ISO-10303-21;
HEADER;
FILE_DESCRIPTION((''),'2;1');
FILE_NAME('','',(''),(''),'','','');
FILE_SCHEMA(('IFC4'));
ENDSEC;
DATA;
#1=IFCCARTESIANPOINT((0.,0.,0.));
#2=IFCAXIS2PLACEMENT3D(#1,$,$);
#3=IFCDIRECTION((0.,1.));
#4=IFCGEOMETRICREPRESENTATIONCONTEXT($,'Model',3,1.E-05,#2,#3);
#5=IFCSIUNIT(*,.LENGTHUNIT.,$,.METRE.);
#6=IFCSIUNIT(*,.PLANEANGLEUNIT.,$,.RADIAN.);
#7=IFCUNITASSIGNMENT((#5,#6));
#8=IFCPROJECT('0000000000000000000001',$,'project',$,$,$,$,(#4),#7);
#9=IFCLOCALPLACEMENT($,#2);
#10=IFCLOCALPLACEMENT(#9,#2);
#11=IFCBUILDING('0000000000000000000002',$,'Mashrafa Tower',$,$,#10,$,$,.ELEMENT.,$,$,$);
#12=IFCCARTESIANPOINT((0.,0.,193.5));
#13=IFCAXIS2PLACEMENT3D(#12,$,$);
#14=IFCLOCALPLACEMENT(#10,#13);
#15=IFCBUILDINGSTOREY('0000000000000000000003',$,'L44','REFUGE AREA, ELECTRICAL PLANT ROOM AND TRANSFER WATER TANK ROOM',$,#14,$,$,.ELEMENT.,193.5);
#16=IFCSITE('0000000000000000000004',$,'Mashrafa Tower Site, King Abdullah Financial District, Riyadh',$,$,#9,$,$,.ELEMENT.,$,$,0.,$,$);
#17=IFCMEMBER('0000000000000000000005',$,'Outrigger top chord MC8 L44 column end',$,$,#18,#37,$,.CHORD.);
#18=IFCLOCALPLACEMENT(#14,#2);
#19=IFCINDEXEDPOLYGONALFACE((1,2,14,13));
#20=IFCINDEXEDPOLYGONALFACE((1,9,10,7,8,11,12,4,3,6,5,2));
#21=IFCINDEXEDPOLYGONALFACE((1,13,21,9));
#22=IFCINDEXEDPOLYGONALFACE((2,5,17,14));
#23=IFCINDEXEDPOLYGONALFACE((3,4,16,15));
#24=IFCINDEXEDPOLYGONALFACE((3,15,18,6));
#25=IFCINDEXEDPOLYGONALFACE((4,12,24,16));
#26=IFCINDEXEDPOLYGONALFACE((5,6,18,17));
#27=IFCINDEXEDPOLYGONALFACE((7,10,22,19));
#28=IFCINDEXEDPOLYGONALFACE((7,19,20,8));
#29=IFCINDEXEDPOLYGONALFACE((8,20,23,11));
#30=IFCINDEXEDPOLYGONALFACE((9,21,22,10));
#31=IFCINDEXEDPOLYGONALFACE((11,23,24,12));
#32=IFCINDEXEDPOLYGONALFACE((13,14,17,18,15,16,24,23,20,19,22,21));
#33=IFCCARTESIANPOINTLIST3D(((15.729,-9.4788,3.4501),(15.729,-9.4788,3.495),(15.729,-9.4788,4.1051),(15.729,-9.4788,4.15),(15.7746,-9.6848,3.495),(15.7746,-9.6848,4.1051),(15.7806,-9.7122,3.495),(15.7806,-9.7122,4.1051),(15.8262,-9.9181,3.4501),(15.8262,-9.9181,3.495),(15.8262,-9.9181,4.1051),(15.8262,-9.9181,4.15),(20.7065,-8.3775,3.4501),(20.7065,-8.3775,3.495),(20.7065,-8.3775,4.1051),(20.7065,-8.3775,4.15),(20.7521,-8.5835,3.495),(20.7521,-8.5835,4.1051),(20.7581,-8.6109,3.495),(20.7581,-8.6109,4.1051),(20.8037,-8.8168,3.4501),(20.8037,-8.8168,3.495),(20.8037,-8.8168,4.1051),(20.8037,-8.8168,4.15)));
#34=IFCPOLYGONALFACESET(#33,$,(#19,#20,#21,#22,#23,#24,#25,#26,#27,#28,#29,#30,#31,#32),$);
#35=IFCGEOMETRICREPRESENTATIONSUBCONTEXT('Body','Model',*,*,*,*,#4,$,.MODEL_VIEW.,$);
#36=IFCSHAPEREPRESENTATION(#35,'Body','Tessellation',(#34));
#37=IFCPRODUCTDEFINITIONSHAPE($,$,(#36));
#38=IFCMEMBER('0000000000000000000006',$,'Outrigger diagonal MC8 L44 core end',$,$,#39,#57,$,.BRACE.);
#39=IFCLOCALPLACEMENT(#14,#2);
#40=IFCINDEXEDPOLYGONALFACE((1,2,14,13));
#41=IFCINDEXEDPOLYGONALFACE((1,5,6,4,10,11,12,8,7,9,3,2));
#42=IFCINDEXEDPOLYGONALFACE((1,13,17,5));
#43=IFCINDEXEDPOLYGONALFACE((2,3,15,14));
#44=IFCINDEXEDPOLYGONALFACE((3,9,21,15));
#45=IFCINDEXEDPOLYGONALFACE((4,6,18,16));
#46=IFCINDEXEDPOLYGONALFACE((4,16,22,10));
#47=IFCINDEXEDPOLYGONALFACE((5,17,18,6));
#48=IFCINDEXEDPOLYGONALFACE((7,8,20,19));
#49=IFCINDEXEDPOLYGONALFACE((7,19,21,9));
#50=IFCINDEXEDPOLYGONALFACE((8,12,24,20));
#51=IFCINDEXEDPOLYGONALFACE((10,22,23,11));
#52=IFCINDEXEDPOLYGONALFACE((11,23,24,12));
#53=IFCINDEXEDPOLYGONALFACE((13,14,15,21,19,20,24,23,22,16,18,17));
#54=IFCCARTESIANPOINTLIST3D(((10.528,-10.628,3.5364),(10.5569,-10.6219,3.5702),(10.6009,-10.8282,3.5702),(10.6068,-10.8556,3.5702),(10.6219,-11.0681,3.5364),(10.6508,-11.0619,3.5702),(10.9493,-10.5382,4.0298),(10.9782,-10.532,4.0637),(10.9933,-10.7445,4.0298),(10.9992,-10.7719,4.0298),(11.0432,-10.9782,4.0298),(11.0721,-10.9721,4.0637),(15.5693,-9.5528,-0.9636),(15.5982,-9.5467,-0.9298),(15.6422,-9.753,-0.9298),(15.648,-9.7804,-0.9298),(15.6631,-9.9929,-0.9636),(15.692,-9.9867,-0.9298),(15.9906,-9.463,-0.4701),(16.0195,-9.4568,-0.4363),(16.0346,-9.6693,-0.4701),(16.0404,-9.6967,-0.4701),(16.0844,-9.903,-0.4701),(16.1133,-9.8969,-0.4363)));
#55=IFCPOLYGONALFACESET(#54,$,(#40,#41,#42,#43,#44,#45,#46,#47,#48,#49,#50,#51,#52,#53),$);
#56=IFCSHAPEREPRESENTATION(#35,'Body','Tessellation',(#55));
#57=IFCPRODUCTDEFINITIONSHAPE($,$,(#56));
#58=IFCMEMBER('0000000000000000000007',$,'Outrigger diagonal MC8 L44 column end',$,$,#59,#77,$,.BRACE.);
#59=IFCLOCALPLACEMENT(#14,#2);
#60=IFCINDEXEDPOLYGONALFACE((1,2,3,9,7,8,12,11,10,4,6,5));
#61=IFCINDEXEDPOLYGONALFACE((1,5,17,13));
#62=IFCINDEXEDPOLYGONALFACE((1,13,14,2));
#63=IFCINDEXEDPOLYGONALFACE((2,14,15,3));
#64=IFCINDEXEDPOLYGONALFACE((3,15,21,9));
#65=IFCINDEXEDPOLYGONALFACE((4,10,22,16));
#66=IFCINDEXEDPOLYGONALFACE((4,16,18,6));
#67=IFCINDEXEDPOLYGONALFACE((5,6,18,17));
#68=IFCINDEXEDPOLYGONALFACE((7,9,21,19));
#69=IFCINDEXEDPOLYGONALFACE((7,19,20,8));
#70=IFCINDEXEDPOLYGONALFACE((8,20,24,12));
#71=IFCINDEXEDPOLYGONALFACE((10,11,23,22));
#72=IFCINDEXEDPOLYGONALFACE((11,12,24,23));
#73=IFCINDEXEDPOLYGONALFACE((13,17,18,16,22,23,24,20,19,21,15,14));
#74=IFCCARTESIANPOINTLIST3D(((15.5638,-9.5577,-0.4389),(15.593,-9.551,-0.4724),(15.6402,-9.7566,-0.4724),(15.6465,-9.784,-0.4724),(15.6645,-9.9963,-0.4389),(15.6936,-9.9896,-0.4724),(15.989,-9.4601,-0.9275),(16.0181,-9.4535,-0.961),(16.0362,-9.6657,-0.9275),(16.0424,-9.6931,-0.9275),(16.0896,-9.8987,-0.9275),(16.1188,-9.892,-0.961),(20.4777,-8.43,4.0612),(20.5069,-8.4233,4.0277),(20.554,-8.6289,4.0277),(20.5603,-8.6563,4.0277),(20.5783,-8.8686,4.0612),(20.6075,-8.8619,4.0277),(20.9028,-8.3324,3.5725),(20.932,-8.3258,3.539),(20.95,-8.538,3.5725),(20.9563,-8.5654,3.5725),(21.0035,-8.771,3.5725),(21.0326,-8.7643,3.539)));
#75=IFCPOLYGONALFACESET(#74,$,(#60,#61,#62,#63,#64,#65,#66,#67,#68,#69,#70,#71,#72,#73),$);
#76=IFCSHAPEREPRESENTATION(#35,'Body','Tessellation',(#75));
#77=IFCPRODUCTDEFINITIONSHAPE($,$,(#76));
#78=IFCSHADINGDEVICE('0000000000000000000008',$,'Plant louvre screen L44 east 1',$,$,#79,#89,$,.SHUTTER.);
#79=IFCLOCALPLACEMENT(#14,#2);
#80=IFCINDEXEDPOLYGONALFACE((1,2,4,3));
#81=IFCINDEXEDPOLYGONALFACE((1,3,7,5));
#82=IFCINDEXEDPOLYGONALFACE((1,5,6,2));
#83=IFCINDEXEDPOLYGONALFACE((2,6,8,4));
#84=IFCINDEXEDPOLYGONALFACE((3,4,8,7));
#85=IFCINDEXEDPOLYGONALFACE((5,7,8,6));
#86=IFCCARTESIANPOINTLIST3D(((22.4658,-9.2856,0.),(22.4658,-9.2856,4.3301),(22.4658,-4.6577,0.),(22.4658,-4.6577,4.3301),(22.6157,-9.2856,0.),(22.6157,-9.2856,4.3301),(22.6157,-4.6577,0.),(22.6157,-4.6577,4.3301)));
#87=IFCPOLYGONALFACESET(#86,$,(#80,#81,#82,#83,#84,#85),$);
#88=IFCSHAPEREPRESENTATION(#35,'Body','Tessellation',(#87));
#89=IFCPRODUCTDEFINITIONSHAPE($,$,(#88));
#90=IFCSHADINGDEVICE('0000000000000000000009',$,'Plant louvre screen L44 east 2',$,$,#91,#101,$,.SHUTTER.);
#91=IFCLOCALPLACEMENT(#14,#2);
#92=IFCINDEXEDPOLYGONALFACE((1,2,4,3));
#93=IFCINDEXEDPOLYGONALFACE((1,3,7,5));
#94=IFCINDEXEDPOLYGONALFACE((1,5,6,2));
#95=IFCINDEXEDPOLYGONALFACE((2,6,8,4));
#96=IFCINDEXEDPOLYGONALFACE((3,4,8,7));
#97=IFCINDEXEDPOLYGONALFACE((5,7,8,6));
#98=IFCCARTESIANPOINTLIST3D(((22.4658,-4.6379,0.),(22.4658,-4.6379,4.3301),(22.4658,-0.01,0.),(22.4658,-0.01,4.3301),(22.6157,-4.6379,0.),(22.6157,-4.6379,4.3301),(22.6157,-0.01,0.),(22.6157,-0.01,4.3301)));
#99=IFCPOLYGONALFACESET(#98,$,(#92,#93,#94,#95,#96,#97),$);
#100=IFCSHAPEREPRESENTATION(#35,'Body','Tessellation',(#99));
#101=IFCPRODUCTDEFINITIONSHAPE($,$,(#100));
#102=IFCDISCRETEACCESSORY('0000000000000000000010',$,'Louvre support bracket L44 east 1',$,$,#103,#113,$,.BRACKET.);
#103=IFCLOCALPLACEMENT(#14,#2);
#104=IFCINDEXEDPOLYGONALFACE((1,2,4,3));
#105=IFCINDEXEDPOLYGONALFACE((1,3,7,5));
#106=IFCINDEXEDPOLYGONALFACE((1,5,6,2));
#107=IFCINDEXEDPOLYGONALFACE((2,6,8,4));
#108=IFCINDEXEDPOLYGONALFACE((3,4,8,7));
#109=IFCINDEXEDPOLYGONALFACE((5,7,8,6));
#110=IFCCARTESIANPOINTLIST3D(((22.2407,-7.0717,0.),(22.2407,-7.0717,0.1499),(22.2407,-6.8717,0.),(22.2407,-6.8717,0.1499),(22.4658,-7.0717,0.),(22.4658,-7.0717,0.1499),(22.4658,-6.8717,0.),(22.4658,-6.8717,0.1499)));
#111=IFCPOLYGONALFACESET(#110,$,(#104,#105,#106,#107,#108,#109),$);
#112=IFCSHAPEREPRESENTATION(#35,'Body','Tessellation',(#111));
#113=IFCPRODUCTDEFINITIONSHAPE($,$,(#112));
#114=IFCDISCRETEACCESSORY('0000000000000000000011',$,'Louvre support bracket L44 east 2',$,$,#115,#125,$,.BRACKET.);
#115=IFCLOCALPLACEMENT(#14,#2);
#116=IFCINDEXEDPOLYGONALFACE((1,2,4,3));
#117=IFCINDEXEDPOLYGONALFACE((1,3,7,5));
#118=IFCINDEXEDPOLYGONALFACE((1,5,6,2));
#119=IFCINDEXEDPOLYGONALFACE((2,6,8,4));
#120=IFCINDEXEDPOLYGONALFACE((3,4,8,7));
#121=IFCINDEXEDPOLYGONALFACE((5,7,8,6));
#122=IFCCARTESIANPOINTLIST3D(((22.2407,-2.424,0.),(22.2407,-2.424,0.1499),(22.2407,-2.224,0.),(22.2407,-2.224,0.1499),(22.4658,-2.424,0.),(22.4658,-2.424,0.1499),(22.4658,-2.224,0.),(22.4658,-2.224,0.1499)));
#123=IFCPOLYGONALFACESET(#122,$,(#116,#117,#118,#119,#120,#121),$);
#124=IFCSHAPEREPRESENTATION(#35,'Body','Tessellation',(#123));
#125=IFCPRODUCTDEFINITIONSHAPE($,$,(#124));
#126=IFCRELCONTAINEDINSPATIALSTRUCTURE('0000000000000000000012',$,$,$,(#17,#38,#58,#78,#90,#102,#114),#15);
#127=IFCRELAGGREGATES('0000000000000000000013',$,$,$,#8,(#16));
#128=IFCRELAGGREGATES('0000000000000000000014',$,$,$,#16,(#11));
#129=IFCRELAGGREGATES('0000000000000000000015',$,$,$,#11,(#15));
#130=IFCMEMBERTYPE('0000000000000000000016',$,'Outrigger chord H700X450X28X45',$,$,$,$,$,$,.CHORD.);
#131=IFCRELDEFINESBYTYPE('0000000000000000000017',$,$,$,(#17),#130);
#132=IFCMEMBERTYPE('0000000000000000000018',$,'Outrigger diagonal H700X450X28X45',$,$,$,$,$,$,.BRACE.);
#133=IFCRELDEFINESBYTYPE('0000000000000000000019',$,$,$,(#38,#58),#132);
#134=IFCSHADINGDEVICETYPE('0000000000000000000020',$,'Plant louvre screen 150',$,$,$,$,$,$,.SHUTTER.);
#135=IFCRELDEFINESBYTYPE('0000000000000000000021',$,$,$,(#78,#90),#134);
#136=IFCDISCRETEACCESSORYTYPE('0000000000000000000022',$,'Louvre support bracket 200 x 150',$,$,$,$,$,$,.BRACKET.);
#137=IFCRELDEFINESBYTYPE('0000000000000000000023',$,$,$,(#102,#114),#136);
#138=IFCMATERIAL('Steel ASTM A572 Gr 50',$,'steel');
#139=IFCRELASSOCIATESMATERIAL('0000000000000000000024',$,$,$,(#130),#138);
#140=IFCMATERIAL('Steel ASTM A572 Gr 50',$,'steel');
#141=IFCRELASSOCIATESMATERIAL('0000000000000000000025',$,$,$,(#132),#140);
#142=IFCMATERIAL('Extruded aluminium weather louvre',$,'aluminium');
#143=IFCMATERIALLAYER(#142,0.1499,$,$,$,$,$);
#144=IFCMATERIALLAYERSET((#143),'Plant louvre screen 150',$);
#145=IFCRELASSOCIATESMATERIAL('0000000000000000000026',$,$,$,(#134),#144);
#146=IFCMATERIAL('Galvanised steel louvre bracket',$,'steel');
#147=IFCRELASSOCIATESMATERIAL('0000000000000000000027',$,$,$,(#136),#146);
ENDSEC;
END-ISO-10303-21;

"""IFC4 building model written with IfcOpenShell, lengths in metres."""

from ifc_helpers import new_model, si_unit, direction, frame, origin, origin_2d, place, context, subcontext, project, spatial, rectangle, i_section, extrude, source, transform, mapped, material, layer, layer_set, material_profile, profile_set, type_object, type_shapes, element, save


model = new_model("IFC4")

# Units and contexts
model_context = context("Model", 3, precision=1e-05, world=origin(), true_north=direction((0.0, 1.0)))
body_context = subcontext(model_context, "Body", "Model", "MODEL_VIEW")
ifc_project = project(units=[si_unit("LENGTHUNIT", "METRE"), si_unit("PLANEANGLEUNIT", "RADIAN")], contexts=[model_context])

# Site, building, storey
site_placement = place(None, origin())
site = spatial("IfcSite", under=ifc_project, at=site_placement, Name="Mashrafa Tower Site, King Abdullah Financial District, Riyadh", CompositionType="ELEMENT", RefElevation=0.0)
building_placement = place(site_placement, origin())
building = spatial("IfcBuilding", under=site, at=building_placement, Name="Mashrafa Tower", CompositionType="ELEMENT")
storey_placement = place(building_placement, frame((0.0, 0.0, 193.5)))
storey = spatial("IfcBuildingStorey", under=building, at=storey_placement, Name="L44", Description="REFUGE AREA, ELECTRICAL PLANT ROOM AND TRANSFER WATER TANK ROOM", CompositionType="ELEMENT", Elevation=193.5)

# Members
ifc_material_1 = material(Name="Steel ASTM A572 Gr 50", Category="steel")
ifc_material_profile_1 = material_profile(ifc_material_1, i_section(OverallWidth=0.45, OverallDepth=0.7, WebThickness=0.0281, FlangeThickness=0.0449, at=origin_2d()), Name="H700X450X28X45")
ifc_profile_set_1 = profile_set([ifc_material_profile_1], Name="Steel ASTM A572 Gr 50")
member_type_1 = type_object("IfcMemberType", Name="Outrigger chord H700X450X28X45", PredefinedType="CHORD", material=ifc_profile_set_1)
shared_shape_1 = source(origin(), body_context, "Body", "SweptSolid", [
    extrude(i_section(OverallWidth=0.45, OverallDepth=0.7, WebThickness=0.0281, FlangeThickness=0.0449, at=origin_2d()), origin(), (0.0, 0.0, 1.0), 5.0979),
])
type_shapes(member_type_1, [shared_shape_1])
member_1_placement = place(storey_placement, frame((15.7776, -9.6985, 3.8), z_axis=(0.976386, 0.216033, 0.0), x_axis=(-0.216033, 0.976386, 0.0)))
element("IfcMember", 1, at=member_1_placement, inside=storey, type_object=member_type_1, Name="Outrigger top chord MC8 L44 column end", PredefinedType="CHORD", context=body_context, shape_type="MappedRepresentation", body=[
    mapped(shared_shape_1, transform((0.0, 0.0, 0.0))),
])
ifc_material_2 = material(Name="Steel ASTM A572 Gr 50", Category="steel")
ifc_material_profile_2 = material_profile(ifc_material_2, i_section(OverallWidth=0.45, OverallDepth=0.7, WebThickness=0.0281, FlangeThickness=0.0449, at=origin_2d()), Name="H700X450X28X45")
ifc_profile_set_2 = profile_set([ifc_material_profile_2], Name="Steel ASTM A572 Gr 50")
member_type_2 = type_object("IfcMemberType", Name="Outrigger diagonal H700X450X28X45", PredefinedType="BRACE", material=ifc_profile_set_2)
shared_shape_2 = source(origin(), body_context, "Body", "SweptSolid", [
    extrude(i_section(OverallWidth=0.45, OverallDepth=0.7, WebThickness=0.0281, FlangeThickness=0.0449, at=origin_2d()), origin(), (0.0, 0.0, 1.0), 6.8425),
])
member_2_placement = place(storey_placement, frame((15.8413, -9.7249, -0.7), z_axis=(-0.736753, -0.157134, 0.657651), x_axis=(0.208588, -0.978004, 0.0)))
element("IfcMember", 2, at=member_2_placement, inside=storey, type_object=member_type_2, Name="Outrigger diagonal MC8 L44 core end", PredefinedType="BRACE", context=body_context, shape_type="MappedRepresentation", body=[
    mapped(shared_shape_2, transform((0.0, 0.0, 0.0))),
])
shared_shape_3 = source(origin(), body_context, "Body", "SweptSolid", [
    extrude(i_section(OverallWidth=0.45, OverallDepth=0.7, WebThickness=0.0281, FlangeThickness=0.0449, at=origin_2d()), origin(), (0.0, 0.0, 1.0), 6.7578),
])
type_shapes(member_type_2, [shared_shape_2, shared_shape_3])
member_3_placement = place(storey_placement, frame((15.8413, -9.7249, -0.7), z_axis=(0.727137, 0.166873, 0.665901), x_axis=(-0.223678, 0.974663, 0.0)))
element("IfcMember", 3, at=member_3_placement, inside=storey, type_object=member_type_2, Name="Outrigger diagonal MC8 L44 column end", PredefinedType="BRACE", context=body_context, shape_type="MappedRepresentation", body=[
    mapped(shared_shape_3, transform((0.0, 0.0, 0.0))),
])

# Shading devices
ifc_material_3 = material(Name="Extruded aluminium weather louvre", Category="aluminium")
ifc_layer = layer(ifc_material_3, 0.1499)
ifc_layer_set = layer_set([ifc_layer], Name="Plant louvre screen 150")
shading_device_type = type_object("IfcShadingDeviceType", Name="Plant louvre screen 150", PredefinedType="SHUTTER", material=ifc_layer_set)
shared_shape_4 = source(origin(), body_context, "Body", "SweptSolid", [
    extrude(rectangle(XDim=4.6279, YDim=0.1499, at=origin_2d()), origin(), (0.0, 0.0, 1.0), 4.3301),
])
type_shapes(shading_device_type, [shared_shape_4])
for number, where, z_axis, x_axis, name in (
    (4, (22.5408, -6.9717, 0.0), (0.0, 0.0, 1.0), (0.0, 1.0, 0.0), "Plant louvre screen L44 east 1"),
    (5, (22.5408, -2.324, 0.0), (0.0, 0.0, 1.0), (0.0, 1.0, 0.0), "Plant louvre screen L44 east 2"),
):
    element("IfcShadingDevice", number, at=place(storey_placement, frame(where, z_axis=z_axis, x_axis=x_axis)), inside=storey, type_object=shading_device_type, Name=name, PredefinedType="SHUTTER", context=body_context, shape_type="MappedRepresentation", body=[
        mapped(shared_shape_4, transform((0.0, 0.0, 0.0))),
    ])

# Discrete accessories
ifc_material_4 = material(Name="Galvanised steel louvre bracket", Category="steel")
discrete_accessory_type = type_object("IfcDiscreteAccessoryType", Name="Louvre support bracket 200 x 150", PredefinedType="BRACKET", material=ifc_material_4)
shared_shape_5 = source(origin(), body_context, "Body", "SweptSolid", [
    extrude(rectangle(XDim=0.2, YDim=0.2251, at=origin_2d()), origin(), (0.0, 0.0, 1.0), 0.1499),
])
type_shapes(discrete_accessory_type, [shared_shape_5])
for number, where, z_axis, x_axis, name in (
    (6, (22.3533, -6.9717, 0.0), (0.0, 0.0, 1.0), (0.0, 1.0, 0.0), "Louvre support bracket L44 east 1"),
    (7, (22.3533, -2.324, 0.0), (0.0, 0.0, 1.0), (0.0, 1.0, 0.0), "Louvre support bracket L44 east 2"),
):
    element("IfcDiscreteAccessory", number, at=place(storey_placement, frame(where, z_axis=z_axis, x_axis=x_axis)), inside=storey, type_object=discrete_accessory_type, Name=name, PredefinedType="BRACKET", context=body_context, shape_type="MappedRepresentation", body=[
        mapped(shared_shape_5, transform((0.0, 0.0, 0.0))),
    ])

save(model, "model.ifc")
